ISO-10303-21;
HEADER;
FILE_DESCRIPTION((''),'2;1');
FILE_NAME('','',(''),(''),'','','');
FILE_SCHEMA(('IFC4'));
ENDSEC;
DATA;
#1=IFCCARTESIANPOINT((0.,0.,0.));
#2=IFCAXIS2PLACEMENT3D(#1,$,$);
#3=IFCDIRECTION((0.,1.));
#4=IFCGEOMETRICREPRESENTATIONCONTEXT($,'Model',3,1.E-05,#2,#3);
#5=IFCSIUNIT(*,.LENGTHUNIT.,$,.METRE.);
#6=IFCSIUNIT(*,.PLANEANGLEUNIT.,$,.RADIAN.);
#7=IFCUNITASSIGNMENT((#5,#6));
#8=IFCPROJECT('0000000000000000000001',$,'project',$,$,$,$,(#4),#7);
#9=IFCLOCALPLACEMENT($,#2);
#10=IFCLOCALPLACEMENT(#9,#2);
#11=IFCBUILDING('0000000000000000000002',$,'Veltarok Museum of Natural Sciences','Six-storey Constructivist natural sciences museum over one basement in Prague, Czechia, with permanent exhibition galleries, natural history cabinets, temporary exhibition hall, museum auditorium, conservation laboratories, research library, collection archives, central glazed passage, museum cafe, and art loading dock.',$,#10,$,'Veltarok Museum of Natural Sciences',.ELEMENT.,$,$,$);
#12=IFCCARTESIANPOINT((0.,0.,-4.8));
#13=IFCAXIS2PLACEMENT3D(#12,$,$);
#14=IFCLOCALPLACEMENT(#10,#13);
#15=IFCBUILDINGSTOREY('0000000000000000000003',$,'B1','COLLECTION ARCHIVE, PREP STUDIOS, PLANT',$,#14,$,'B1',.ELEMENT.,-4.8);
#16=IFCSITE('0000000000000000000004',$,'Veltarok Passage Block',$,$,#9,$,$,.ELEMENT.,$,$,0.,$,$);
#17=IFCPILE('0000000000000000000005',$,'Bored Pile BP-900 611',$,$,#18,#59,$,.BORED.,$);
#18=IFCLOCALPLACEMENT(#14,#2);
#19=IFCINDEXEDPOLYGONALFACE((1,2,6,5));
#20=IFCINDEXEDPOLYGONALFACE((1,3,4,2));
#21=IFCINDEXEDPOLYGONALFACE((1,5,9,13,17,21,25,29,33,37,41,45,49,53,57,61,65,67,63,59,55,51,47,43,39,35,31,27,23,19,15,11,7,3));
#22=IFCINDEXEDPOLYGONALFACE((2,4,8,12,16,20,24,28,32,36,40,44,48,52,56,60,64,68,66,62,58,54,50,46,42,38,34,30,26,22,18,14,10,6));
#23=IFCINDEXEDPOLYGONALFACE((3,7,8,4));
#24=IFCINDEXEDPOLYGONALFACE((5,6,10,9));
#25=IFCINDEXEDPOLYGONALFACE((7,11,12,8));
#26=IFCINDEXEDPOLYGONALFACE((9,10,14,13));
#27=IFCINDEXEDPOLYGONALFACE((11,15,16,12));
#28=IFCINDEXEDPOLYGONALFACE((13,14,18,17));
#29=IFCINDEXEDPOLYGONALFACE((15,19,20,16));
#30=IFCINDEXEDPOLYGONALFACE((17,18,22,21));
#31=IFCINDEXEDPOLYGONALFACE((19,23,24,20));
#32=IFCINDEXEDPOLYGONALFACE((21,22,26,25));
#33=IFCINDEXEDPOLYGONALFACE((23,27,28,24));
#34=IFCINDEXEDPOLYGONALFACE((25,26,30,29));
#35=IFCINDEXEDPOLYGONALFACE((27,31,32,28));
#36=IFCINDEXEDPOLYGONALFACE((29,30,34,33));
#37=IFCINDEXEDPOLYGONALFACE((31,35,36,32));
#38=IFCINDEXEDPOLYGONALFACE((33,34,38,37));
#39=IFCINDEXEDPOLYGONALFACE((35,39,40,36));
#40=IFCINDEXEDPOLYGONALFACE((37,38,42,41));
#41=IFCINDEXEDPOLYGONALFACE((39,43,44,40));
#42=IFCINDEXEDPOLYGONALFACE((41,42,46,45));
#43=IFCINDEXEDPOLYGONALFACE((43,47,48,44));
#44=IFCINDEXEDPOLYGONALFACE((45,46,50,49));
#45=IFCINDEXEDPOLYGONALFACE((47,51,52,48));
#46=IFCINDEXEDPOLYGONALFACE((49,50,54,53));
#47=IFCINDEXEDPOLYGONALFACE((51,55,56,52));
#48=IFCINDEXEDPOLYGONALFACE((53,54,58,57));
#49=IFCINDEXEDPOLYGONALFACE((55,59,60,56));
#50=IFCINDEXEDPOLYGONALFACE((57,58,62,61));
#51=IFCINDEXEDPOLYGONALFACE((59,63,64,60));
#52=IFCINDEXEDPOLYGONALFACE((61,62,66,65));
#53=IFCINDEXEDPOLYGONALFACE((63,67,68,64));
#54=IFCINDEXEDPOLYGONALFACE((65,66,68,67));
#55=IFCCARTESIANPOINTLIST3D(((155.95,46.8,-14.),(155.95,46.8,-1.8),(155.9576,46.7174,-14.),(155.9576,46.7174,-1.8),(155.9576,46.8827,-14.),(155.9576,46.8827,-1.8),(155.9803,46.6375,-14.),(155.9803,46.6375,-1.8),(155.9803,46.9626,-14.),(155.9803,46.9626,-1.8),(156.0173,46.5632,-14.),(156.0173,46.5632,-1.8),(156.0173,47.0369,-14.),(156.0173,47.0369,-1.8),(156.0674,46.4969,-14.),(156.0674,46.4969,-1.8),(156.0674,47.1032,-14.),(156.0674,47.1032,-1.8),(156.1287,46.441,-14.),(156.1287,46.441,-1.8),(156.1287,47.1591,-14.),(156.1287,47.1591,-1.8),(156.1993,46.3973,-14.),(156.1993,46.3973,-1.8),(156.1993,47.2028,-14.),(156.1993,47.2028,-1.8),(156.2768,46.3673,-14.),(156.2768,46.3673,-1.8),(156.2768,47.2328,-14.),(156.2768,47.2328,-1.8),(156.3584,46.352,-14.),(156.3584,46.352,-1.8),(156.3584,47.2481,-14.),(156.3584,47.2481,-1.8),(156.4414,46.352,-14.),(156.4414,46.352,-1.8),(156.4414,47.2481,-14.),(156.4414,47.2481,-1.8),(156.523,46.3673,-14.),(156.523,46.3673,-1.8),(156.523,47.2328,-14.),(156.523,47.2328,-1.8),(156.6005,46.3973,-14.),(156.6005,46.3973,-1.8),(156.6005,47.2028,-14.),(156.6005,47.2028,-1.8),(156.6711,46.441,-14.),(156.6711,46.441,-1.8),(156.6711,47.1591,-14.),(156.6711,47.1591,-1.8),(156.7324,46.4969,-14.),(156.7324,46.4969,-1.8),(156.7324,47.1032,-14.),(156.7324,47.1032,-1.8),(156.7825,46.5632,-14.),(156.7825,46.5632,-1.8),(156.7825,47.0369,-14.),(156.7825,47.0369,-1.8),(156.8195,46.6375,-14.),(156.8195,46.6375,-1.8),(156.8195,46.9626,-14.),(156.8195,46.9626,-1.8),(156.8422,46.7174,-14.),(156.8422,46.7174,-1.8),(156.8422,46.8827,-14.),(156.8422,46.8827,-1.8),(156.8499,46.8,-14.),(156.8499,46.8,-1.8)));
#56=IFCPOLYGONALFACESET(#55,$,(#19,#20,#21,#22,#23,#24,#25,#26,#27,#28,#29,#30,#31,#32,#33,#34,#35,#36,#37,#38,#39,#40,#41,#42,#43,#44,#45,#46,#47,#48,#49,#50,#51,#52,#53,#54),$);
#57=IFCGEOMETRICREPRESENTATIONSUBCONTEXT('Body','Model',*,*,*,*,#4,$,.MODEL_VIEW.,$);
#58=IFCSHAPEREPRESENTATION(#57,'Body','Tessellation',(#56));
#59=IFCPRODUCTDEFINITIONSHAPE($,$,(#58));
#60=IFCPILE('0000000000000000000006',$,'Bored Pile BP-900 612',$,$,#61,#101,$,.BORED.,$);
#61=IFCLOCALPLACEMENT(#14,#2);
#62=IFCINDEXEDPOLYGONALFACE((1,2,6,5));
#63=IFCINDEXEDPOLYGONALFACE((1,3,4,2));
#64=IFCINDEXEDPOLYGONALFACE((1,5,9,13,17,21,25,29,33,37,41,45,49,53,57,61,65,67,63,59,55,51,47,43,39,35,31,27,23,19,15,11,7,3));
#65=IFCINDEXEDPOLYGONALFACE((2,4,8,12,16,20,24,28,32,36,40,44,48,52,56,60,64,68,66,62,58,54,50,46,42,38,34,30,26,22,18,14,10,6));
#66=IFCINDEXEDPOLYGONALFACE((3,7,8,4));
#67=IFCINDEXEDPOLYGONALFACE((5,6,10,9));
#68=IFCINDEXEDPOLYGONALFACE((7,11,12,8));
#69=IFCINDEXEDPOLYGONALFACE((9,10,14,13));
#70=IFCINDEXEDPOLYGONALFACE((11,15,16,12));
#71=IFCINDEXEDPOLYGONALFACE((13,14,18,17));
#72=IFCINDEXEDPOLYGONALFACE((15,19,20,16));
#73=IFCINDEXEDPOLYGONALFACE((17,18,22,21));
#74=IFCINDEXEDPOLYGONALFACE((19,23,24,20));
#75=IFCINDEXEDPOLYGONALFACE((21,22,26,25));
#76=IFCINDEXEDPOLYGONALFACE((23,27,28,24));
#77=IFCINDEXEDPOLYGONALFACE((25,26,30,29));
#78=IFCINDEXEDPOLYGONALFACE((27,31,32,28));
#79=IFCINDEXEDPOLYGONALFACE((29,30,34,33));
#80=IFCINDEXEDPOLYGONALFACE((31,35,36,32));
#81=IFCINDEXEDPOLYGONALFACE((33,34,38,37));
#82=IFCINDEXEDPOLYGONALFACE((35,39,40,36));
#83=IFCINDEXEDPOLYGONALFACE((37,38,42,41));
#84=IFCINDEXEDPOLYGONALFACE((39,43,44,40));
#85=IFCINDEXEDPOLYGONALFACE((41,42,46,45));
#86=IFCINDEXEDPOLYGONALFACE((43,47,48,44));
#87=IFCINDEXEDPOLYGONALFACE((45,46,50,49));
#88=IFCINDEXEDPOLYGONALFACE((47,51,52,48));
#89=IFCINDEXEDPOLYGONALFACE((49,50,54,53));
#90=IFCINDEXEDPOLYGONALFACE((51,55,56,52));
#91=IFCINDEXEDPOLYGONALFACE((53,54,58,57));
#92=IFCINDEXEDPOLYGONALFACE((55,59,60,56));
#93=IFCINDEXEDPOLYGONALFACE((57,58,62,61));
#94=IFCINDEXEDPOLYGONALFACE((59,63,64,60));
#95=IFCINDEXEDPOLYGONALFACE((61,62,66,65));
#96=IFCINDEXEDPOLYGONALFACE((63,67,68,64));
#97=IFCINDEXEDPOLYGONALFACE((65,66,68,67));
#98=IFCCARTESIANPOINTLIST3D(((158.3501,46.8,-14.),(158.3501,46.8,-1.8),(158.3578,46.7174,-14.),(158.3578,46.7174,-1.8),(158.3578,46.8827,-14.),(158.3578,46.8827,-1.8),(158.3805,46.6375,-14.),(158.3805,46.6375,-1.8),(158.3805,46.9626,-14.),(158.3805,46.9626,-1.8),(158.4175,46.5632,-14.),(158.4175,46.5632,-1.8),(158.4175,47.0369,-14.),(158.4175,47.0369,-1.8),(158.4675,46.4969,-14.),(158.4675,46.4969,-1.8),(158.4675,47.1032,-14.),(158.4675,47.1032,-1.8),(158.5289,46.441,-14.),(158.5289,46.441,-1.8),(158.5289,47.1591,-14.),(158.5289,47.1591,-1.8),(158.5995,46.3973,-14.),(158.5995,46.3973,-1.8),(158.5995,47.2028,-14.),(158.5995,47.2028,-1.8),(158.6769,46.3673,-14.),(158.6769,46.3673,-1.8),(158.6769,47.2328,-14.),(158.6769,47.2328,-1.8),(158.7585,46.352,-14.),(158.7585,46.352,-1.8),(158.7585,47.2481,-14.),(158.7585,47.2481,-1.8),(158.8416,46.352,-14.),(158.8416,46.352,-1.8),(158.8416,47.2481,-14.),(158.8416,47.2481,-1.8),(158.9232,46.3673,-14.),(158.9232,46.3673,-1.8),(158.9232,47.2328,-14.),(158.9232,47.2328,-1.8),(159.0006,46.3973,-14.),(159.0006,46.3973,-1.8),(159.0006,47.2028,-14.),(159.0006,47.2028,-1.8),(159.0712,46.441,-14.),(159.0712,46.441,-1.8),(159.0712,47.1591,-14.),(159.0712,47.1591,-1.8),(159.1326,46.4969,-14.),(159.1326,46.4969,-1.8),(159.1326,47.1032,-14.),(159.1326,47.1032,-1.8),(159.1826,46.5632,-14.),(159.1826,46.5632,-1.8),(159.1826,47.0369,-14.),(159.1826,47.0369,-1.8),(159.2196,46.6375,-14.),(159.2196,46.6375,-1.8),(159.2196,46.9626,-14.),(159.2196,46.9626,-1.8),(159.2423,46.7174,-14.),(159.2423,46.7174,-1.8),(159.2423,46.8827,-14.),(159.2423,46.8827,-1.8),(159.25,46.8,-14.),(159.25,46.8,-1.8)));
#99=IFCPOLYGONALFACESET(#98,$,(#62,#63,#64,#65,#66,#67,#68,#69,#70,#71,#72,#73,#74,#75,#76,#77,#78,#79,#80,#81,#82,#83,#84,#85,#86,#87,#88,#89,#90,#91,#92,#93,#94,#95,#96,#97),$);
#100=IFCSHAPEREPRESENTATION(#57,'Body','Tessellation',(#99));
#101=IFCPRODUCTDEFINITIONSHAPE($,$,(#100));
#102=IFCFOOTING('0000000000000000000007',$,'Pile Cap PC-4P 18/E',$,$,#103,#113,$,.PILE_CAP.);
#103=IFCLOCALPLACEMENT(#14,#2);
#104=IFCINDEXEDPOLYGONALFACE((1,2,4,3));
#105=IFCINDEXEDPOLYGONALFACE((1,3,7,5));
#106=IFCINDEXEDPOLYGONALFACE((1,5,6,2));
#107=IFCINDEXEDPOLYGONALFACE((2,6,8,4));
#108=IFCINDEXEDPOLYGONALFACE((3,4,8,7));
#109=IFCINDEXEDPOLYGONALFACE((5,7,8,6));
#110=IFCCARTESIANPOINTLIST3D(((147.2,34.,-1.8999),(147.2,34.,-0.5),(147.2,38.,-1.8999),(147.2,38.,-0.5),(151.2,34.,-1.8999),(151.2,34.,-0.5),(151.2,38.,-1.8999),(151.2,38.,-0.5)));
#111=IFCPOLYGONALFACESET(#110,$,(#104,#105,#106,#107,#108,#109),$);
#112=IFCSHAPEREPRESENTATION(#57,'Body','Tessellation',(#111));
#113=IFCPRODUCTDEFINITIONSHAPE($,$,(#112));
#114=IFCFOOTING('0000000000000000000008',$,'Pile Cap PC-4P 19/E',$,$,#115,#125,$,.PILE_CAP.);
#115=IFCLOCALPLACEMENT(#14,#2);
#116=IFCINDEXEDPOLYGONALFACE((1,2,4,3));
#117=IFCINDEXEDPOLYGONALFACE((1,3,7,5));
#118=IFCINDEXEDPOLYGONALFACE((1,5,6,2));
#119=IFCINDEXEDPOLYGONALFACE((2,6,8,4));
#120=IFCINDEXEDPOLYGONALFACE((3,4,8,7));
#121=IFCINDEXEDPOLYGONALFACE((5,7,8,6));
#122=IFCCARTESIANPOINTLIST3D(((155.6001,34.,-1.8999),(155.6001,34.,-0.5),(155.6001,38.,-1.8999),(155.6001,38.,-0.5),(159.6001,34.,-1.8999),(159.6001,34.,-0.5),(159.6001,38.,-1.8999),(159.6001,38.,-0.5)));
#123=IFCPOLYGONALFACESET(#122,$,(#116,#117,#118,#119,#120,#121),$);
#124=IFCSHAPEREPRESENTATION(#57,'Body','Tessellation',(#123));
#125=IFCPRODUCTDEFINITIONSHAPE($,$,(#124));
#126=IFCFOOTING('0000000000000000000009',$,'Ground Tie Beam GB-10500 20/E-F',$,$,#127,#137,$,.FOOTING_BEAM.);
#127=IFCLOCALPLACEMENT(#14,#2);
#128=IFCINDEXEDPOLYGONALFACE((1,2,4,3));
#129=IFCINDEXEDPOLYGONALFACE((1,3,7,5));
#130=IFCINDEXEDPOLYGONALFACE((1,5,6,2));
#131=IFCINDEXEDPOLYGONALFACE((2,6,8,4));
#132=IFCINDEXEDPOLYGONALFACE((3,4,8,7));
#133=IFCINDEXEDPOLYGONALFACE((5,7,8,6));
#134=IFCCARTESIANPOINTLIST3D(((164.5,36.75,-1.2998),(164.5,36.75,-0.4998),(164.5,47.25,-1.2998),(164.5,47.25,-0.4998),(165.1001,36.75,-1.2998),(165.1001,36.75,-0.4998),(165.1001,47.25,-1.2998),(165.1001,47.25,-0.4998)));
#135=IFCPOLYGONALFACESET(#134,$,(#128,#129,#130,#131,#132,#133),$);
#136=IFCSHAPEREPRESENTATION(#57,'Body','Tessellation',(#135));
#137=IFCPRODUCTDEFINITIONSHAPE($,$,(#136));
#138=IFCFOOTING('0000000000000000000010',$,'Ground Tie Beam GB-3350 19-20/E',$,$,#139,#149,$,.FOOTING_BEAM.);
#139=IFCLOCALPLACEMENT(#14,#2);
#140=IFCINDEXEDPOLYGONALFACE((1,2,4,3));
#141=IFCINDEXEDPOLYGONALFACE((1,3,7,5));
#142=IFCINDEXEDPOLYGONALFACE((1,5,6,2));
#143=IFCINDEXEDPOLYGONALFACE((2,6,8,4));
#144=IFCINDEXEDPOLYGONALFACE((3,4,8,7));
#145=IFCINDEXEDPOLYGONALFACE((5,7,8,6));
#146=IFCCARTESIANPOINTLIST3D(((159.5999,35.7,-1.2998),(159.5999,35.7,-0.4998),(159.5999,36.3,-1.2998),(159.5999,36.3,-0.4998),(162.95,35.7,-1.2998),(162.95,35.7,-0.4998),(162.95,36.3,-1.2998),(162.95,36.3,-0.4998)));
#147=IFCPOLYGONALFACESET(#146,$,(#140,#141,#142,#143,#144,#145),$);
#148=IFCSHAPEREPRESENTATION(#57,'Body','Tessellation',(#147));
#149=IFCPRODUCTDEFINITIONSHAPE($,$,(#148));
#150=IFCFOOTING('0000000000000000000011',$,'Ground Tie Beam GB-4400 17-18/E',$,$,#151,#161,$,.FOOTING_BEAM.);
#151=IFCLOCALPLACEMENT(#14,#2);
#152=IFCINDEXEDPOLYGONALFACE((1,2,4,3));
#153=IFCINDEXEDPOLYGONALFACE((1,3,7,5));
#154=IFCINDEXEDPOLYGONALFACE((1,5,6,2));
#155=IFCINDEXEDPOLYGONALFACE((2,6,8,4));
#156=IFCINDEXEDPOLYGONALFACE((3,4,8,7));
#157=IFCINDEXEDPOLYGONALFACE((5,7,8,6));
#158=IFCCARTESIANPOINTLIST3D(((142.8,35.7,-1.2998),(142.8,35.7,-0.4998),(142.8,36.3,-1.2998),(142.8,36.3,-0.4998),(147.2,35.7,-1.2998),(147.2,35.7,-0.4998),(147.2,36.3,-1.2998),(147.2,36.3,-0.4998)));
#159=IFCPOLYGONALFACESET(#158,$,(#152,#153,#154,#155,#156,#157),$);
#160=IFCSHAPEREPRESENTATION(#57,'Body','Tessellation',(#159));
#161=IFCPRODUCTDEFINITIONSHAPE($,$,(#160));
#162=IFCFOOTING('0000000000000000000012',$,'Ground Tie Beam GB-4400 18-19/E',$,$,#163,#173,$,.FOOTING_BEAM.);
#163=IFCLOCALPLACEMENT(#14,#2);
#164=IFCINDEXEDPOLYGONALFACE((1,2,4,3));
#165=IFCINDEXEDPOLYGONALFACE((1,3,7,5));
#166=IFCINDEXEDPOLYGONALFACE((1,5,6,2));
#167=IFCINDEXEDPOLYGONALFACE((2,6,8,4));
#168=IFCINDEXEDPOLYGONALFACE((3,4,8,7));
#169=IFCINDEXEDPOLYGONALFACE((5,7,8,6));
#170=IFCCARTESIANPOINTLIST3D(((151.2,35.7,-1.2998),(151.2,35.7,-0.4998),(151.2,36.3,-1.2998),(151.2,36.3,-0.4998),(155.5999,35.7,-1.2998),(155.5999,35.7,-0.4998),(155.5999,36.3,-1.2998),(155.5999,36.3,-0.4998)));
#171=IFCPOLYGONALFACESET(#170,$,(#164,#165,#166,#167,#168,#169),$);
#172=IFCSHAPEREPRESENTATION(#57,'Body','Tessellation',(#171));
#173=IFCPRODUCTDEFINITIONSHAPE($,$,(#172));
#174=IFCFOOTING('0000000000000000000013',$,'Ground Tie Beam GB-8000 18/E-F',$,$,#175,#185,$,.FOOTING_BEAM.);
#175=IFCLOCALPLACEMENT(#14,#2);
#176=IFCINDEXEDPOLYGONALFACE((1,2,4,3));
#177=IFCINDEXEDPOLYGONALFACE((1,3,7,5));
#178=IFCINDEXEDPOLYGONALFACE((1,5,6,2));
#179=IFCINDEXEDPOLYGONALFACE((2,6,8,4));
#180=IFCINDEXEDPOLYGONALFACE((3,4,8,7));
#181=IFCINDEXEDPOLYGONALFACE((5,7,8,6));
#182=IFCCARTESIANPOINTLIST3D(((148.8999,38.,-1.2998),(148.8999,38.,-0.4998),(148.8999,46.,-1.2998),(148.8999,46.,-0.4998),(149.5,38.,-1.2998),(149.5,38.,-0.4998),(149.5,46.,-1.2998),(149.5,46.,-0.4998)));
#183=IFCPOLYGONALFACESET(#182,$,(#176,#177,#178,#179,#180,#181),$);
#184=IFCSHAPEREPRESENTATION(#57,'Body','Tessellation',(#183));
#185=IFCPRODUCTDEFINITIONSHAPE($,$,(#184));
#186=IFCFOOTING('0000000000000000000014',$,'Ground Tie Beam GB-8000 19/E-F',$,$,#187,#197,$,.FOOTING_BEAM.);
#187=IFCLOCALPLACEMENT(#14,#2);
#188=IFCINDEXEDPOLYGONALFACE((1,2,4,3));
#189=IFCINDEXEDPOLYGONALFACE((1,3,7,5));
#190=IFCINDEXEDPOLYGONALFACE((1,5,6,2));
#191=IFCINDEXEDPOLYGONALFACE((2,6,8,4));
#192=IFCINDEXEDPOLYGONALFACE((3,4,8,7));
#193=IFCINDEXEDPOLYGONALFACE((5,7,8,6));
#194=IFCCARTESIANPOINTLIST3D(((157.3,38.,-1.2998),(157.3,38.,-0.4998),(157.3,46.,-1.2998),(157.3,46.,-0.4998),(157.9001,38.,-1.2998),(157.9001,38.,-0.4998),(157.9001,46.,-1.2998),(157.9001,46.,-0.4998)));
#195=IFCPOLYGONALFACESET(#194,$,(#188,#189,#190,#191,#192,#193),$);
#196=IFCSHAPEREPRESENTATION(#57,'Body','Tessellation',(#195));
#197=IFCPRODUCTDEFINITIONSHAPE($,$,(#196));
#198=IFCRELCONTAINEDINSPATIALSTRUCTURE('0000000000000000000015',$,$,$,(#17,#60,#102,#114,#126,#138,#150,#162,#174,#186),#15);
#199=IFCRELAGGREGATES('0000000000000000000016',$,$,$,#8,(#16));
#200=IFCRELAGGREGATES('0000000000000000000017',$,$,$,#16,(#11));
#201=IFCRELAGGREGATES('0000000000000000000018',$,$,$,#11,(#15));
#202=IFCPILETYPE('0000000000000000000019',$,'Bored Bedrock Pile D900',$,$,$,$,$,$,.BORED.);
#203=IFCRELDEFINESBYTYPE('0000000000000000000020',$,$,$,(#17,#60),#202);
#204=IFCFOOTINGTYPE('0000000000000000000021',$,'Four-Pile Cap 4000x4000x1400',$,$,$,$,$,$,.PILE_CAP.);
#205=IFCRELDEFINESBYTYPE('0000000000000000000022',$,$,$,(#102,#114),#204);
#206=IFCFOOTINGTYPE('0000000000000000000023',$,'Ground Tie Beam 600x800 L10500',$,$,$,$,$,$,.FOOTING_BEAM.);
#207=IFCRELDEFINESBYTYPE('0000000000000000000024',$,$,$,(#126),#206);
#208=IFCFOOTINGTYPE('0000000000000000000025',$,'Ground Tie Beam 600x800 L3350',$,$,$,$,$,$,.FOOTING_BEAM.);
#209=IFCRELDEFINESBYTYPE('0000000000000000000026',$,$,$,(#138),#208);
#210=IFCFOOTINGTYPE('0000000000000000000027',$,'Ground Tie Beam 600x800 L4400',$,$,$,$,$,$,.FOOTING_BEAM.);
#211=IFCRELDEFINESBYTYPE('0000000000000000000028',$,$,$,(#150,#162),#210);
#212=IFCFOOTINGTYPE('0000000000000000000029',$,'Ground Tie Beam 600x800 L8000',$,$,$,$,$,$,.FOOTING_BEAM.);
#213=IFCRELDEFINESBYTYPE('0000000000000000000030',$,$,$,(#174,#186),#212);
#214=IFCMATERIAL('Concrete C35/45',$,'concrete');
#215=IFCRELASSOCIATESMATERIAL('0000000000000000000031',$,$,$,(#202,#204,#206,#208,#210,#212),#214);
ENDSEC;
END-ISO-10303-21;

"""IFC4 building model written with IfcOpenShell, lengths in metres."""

from ifc_helpers import new_model, si_unit, direction, frame, origin, origin_2d, place, context, subcontext, project, spatial, rectangle, circle, extrude, material, material_profile, profile_set, type_object, element, save


model = new_model("IFC4")

# Units and contexts
model_context = context("Model", 3, precision=1e-05, world=origin(), true_north=direction((0.0, 1.0)))
body_context = subcontext(model_context, "Body", "Model", "MODEL_VIEW")
ifc_project = project(units=[si_unit("LENGTHUNIT", "METRE"), si_unit("PLANEANGLEUNIT", "RADIAN")], contexts=[model_context])

# Site, building, storey
site_placement = place(None, origin())
site = spatial("IfcSite", under=ifc_project, at=site_placement, Name="Veltarok Passage Block", CompositionType="ELEMENT", RefElevation=0.0)
building_placement = place(site_placement, origin())
building = spatial("IfcBuilding", under=site, at=building_placement, Name="Veltarok Museum of Natural Sciences", Description="Six-storey Constructivist natural sciences museum over one basement in Prague, Czechia, with permanent exhibition galleries, natural history cabinets, temporary exhibition hall, museum auditorium, conservation laboratories, research library, collection archives, central glazed passage, museum cafe, and art loading dock.", LongName="Veltarok Museum of Natural Sciences", CompositionType="ELEMENT")
storey_placement = place(building_placement, frame((0.0, 0.0, -4.8)))
storey = spatial("IfcBuildingStorey", under=building, at=storey_placement, Name="B1", Description="COLLECTION ARCHIVE, PREP STUDIOS, PLANT", LongName="B1", CompositionType="ELEMENT", Elevation=-4.8)

# Piles
ifc_material_1 = material(Name="Concrete C35/45", Category="concrete")
ifc_material_profile_1 = material_profile(ifc_material_1, circle(Radius=0.45, at=origin_2d()), Name="BP D900")
ifc_profile_set_1 = profile_set([ifc_material_profile_1], Name="Concrete C35/45")
pile_type_1 = type_object("IfcPileType", Name="Bored Bedrock Pile D900", PredefinedType="BORED", material=ifc_profile_set_1)
for number, where, z_axis, x_axis, name in (
    (1, (156.3999, 46.8, -1.8), (0.0, 0.0, -1.0), (1.0, 0.0, 0.0), "Bored Pile BP-900 611"),
    (2, (158.8, 46.8, -1.8), (0.0, 0.0, -1.0), (1.0, 0.0, 0.0), "Bored Pile BP-900 612"),
):
    element("IfcPile", number, at=place(storey_placement, frame(where, z_axis=z_axis, x_axis=x_axis)), inside=storey, type_object=pile_type_1, Name=name, PredefinedType="BORED", context=body_context, shape_type="SweptSolid", body=[
        extrude(circle(Radius=0.45, at=origin_2d()), origin(), (0.0, 0.0, 1.0), 12.2),
    ])

# Footings
footing_type_1 = type_object("IfcFootingType", Name="Four-Pile Cap 4000x4000x1400", PredefinedType="PILE_CAP", material=ifc_material_1)
for number, where, z_axis, x_axis, name in (
    (3, (149.2, 36.0, -1.8999), (0.0, 0.0, 1.0), (1.0, 0.0, 0.0), "Pile Cap PC-4P 18/E"),
    (4, (157.6001, 36.0, -1.8999), (0.0, 0.0, 1.0), (1.0, 0.0, 0.0), "Pile Cap PC-4P 19/E"),
):
    element("IfcFooting", number, at=place(storey_placement, frame(where, z_axis=z_axis, x_axis=x_axis)), inside=storey, type_object=footing_type_1, Name=name, PredefinedType="PILE_CAP", context=body_context, shape_type="SweptSolid", body=[
        extrude(rectangle(XDim=4.0, YDim=4.0, at=origin_2d()), origin(), (0.0, 0.0, 1.0), 1.3999),
    ])
footing_type_2 = type_object("IfcFootingType", Name="Ground Tie Beam 600x800 L10500", PredefinedType="FOOTING_BEAM", material=ifc_material_1)
footing_1_placement = place(storey_placement, frame((164.8, 42.0, -1.2998), z_axis=(0.0, 0.0, 1.0), x_axis=(0.0, 1.0, 0.0)))
element("IfcFooting", 5, at=footing_1_placement, inside=storey, type_object=footing_type_2, Name="Ground Tie Beam GB-10500 20/E-F", PredefinedType="FOOTING_BEAM", context=body_context, shape_type="SweptSolid", body=[
    extrude(rectangle(XDim=10.5, YDim=0.6001, at=origin_2d()), origin(), (0.0, 0.0, 1.0), 0.8),
])
footing_type_3 = type_object("IfcFootingType", Name="Ground Tie Beam 600x800 L3350", PredefinedType="FOOTING_BEAM", material=ifc_material_1)
footing_2_placement = place(storey_placement, frame((161.2749, 36.0, -1.2998), z_axis=(0.0, 0.0, 1.0), x_axis=(1.0, 0.0, 0.0)))
element("IfcFooting", 6, at=footing_2_placement, inside=storey, type_object=footing_type_3, Name="Ground Tie Beam GB-3350 19-20/E", PredefinedType="FOOTING_BEAM", context=body_context, shape_type="SweptSolid", body=[
    extrude(rectangle(XDim=3.3501, YDim=0.6001, at=origin_2d()), origin(), (0.0, 0.0, 1.0), 0.8),
])
footing_type_4 = type_object("IfcFootingType", Name="Ground Tie Beam 600x800 L4400", PredefinedType="FOOTING_BEAM", material=ifc_material_1)
for number, where, z_axis, x_axis, name in (
    (7, (145.0, 36.0, -1.2998), (0.0, 0.0, 1.0), (1.0, 0.0, 0.0), "Ground Tie Beam GB-4400 17-18/E"),
    (8, (153.3999, 36.0, -1.2998), (0.0, 0.0, 1.0), (1.0, 0.0, 0.0), "Ground Tie Beam GB-4400 18-19/E"),
):
    element("IfcFooting", number, at=place(storey_placement, frame(where, z_axis=z_axis, x_axis=x_axis)), inside=storey, type_object=footing_type_4, Name=name, PredefinedType="FOOTING_BEAM", context=body_context, shape_type="SweptSolid", body=[
        extrude(rectangle(XDim=4.3999, YDim=0.6001, at=origin_2d()), origin(), (0.0, 0.0, 1.0), 0.8),
    ])
footing_type_5 = type_object("IfcFootingType", Name="Ground Tie Beam 600x800 L8000", PredefinedType="FOOTING_BEAM", material=ifc_material_1)
for number, where, z_axis, x_axis, name in (
    (9, (149.2, 42.0, -1.2998), (0.0, 0.0, 1.0), (0.0, 1.0, 0.0), "Ground Tie Beam GB-8000 18/E-F"),
    (10, (157.6001, 42.0, -1.2998), (0.0, 0.0, 1.0), (0.0, 1.0, 0.0), "Ground Tie Beam GB-8000 19/E-F"),
):
    element("IfcFooting", number, at=place(storey_placement, frame(where, z_axis=z_axis, x_axis=x_axis)), inside=storey, type_object=footing_type_5, Name=name, PredefinedType="FOOTING_BEAM", context=body_context, shape_type="SweptSolid", body=[
        extrude(rectangle(XDim=8.0, YDim=0.6001, at=origin_2d()), origin(), (0.0, 0.0, 1.0), 0.8),
    ])

save(model, "model.ifc")
